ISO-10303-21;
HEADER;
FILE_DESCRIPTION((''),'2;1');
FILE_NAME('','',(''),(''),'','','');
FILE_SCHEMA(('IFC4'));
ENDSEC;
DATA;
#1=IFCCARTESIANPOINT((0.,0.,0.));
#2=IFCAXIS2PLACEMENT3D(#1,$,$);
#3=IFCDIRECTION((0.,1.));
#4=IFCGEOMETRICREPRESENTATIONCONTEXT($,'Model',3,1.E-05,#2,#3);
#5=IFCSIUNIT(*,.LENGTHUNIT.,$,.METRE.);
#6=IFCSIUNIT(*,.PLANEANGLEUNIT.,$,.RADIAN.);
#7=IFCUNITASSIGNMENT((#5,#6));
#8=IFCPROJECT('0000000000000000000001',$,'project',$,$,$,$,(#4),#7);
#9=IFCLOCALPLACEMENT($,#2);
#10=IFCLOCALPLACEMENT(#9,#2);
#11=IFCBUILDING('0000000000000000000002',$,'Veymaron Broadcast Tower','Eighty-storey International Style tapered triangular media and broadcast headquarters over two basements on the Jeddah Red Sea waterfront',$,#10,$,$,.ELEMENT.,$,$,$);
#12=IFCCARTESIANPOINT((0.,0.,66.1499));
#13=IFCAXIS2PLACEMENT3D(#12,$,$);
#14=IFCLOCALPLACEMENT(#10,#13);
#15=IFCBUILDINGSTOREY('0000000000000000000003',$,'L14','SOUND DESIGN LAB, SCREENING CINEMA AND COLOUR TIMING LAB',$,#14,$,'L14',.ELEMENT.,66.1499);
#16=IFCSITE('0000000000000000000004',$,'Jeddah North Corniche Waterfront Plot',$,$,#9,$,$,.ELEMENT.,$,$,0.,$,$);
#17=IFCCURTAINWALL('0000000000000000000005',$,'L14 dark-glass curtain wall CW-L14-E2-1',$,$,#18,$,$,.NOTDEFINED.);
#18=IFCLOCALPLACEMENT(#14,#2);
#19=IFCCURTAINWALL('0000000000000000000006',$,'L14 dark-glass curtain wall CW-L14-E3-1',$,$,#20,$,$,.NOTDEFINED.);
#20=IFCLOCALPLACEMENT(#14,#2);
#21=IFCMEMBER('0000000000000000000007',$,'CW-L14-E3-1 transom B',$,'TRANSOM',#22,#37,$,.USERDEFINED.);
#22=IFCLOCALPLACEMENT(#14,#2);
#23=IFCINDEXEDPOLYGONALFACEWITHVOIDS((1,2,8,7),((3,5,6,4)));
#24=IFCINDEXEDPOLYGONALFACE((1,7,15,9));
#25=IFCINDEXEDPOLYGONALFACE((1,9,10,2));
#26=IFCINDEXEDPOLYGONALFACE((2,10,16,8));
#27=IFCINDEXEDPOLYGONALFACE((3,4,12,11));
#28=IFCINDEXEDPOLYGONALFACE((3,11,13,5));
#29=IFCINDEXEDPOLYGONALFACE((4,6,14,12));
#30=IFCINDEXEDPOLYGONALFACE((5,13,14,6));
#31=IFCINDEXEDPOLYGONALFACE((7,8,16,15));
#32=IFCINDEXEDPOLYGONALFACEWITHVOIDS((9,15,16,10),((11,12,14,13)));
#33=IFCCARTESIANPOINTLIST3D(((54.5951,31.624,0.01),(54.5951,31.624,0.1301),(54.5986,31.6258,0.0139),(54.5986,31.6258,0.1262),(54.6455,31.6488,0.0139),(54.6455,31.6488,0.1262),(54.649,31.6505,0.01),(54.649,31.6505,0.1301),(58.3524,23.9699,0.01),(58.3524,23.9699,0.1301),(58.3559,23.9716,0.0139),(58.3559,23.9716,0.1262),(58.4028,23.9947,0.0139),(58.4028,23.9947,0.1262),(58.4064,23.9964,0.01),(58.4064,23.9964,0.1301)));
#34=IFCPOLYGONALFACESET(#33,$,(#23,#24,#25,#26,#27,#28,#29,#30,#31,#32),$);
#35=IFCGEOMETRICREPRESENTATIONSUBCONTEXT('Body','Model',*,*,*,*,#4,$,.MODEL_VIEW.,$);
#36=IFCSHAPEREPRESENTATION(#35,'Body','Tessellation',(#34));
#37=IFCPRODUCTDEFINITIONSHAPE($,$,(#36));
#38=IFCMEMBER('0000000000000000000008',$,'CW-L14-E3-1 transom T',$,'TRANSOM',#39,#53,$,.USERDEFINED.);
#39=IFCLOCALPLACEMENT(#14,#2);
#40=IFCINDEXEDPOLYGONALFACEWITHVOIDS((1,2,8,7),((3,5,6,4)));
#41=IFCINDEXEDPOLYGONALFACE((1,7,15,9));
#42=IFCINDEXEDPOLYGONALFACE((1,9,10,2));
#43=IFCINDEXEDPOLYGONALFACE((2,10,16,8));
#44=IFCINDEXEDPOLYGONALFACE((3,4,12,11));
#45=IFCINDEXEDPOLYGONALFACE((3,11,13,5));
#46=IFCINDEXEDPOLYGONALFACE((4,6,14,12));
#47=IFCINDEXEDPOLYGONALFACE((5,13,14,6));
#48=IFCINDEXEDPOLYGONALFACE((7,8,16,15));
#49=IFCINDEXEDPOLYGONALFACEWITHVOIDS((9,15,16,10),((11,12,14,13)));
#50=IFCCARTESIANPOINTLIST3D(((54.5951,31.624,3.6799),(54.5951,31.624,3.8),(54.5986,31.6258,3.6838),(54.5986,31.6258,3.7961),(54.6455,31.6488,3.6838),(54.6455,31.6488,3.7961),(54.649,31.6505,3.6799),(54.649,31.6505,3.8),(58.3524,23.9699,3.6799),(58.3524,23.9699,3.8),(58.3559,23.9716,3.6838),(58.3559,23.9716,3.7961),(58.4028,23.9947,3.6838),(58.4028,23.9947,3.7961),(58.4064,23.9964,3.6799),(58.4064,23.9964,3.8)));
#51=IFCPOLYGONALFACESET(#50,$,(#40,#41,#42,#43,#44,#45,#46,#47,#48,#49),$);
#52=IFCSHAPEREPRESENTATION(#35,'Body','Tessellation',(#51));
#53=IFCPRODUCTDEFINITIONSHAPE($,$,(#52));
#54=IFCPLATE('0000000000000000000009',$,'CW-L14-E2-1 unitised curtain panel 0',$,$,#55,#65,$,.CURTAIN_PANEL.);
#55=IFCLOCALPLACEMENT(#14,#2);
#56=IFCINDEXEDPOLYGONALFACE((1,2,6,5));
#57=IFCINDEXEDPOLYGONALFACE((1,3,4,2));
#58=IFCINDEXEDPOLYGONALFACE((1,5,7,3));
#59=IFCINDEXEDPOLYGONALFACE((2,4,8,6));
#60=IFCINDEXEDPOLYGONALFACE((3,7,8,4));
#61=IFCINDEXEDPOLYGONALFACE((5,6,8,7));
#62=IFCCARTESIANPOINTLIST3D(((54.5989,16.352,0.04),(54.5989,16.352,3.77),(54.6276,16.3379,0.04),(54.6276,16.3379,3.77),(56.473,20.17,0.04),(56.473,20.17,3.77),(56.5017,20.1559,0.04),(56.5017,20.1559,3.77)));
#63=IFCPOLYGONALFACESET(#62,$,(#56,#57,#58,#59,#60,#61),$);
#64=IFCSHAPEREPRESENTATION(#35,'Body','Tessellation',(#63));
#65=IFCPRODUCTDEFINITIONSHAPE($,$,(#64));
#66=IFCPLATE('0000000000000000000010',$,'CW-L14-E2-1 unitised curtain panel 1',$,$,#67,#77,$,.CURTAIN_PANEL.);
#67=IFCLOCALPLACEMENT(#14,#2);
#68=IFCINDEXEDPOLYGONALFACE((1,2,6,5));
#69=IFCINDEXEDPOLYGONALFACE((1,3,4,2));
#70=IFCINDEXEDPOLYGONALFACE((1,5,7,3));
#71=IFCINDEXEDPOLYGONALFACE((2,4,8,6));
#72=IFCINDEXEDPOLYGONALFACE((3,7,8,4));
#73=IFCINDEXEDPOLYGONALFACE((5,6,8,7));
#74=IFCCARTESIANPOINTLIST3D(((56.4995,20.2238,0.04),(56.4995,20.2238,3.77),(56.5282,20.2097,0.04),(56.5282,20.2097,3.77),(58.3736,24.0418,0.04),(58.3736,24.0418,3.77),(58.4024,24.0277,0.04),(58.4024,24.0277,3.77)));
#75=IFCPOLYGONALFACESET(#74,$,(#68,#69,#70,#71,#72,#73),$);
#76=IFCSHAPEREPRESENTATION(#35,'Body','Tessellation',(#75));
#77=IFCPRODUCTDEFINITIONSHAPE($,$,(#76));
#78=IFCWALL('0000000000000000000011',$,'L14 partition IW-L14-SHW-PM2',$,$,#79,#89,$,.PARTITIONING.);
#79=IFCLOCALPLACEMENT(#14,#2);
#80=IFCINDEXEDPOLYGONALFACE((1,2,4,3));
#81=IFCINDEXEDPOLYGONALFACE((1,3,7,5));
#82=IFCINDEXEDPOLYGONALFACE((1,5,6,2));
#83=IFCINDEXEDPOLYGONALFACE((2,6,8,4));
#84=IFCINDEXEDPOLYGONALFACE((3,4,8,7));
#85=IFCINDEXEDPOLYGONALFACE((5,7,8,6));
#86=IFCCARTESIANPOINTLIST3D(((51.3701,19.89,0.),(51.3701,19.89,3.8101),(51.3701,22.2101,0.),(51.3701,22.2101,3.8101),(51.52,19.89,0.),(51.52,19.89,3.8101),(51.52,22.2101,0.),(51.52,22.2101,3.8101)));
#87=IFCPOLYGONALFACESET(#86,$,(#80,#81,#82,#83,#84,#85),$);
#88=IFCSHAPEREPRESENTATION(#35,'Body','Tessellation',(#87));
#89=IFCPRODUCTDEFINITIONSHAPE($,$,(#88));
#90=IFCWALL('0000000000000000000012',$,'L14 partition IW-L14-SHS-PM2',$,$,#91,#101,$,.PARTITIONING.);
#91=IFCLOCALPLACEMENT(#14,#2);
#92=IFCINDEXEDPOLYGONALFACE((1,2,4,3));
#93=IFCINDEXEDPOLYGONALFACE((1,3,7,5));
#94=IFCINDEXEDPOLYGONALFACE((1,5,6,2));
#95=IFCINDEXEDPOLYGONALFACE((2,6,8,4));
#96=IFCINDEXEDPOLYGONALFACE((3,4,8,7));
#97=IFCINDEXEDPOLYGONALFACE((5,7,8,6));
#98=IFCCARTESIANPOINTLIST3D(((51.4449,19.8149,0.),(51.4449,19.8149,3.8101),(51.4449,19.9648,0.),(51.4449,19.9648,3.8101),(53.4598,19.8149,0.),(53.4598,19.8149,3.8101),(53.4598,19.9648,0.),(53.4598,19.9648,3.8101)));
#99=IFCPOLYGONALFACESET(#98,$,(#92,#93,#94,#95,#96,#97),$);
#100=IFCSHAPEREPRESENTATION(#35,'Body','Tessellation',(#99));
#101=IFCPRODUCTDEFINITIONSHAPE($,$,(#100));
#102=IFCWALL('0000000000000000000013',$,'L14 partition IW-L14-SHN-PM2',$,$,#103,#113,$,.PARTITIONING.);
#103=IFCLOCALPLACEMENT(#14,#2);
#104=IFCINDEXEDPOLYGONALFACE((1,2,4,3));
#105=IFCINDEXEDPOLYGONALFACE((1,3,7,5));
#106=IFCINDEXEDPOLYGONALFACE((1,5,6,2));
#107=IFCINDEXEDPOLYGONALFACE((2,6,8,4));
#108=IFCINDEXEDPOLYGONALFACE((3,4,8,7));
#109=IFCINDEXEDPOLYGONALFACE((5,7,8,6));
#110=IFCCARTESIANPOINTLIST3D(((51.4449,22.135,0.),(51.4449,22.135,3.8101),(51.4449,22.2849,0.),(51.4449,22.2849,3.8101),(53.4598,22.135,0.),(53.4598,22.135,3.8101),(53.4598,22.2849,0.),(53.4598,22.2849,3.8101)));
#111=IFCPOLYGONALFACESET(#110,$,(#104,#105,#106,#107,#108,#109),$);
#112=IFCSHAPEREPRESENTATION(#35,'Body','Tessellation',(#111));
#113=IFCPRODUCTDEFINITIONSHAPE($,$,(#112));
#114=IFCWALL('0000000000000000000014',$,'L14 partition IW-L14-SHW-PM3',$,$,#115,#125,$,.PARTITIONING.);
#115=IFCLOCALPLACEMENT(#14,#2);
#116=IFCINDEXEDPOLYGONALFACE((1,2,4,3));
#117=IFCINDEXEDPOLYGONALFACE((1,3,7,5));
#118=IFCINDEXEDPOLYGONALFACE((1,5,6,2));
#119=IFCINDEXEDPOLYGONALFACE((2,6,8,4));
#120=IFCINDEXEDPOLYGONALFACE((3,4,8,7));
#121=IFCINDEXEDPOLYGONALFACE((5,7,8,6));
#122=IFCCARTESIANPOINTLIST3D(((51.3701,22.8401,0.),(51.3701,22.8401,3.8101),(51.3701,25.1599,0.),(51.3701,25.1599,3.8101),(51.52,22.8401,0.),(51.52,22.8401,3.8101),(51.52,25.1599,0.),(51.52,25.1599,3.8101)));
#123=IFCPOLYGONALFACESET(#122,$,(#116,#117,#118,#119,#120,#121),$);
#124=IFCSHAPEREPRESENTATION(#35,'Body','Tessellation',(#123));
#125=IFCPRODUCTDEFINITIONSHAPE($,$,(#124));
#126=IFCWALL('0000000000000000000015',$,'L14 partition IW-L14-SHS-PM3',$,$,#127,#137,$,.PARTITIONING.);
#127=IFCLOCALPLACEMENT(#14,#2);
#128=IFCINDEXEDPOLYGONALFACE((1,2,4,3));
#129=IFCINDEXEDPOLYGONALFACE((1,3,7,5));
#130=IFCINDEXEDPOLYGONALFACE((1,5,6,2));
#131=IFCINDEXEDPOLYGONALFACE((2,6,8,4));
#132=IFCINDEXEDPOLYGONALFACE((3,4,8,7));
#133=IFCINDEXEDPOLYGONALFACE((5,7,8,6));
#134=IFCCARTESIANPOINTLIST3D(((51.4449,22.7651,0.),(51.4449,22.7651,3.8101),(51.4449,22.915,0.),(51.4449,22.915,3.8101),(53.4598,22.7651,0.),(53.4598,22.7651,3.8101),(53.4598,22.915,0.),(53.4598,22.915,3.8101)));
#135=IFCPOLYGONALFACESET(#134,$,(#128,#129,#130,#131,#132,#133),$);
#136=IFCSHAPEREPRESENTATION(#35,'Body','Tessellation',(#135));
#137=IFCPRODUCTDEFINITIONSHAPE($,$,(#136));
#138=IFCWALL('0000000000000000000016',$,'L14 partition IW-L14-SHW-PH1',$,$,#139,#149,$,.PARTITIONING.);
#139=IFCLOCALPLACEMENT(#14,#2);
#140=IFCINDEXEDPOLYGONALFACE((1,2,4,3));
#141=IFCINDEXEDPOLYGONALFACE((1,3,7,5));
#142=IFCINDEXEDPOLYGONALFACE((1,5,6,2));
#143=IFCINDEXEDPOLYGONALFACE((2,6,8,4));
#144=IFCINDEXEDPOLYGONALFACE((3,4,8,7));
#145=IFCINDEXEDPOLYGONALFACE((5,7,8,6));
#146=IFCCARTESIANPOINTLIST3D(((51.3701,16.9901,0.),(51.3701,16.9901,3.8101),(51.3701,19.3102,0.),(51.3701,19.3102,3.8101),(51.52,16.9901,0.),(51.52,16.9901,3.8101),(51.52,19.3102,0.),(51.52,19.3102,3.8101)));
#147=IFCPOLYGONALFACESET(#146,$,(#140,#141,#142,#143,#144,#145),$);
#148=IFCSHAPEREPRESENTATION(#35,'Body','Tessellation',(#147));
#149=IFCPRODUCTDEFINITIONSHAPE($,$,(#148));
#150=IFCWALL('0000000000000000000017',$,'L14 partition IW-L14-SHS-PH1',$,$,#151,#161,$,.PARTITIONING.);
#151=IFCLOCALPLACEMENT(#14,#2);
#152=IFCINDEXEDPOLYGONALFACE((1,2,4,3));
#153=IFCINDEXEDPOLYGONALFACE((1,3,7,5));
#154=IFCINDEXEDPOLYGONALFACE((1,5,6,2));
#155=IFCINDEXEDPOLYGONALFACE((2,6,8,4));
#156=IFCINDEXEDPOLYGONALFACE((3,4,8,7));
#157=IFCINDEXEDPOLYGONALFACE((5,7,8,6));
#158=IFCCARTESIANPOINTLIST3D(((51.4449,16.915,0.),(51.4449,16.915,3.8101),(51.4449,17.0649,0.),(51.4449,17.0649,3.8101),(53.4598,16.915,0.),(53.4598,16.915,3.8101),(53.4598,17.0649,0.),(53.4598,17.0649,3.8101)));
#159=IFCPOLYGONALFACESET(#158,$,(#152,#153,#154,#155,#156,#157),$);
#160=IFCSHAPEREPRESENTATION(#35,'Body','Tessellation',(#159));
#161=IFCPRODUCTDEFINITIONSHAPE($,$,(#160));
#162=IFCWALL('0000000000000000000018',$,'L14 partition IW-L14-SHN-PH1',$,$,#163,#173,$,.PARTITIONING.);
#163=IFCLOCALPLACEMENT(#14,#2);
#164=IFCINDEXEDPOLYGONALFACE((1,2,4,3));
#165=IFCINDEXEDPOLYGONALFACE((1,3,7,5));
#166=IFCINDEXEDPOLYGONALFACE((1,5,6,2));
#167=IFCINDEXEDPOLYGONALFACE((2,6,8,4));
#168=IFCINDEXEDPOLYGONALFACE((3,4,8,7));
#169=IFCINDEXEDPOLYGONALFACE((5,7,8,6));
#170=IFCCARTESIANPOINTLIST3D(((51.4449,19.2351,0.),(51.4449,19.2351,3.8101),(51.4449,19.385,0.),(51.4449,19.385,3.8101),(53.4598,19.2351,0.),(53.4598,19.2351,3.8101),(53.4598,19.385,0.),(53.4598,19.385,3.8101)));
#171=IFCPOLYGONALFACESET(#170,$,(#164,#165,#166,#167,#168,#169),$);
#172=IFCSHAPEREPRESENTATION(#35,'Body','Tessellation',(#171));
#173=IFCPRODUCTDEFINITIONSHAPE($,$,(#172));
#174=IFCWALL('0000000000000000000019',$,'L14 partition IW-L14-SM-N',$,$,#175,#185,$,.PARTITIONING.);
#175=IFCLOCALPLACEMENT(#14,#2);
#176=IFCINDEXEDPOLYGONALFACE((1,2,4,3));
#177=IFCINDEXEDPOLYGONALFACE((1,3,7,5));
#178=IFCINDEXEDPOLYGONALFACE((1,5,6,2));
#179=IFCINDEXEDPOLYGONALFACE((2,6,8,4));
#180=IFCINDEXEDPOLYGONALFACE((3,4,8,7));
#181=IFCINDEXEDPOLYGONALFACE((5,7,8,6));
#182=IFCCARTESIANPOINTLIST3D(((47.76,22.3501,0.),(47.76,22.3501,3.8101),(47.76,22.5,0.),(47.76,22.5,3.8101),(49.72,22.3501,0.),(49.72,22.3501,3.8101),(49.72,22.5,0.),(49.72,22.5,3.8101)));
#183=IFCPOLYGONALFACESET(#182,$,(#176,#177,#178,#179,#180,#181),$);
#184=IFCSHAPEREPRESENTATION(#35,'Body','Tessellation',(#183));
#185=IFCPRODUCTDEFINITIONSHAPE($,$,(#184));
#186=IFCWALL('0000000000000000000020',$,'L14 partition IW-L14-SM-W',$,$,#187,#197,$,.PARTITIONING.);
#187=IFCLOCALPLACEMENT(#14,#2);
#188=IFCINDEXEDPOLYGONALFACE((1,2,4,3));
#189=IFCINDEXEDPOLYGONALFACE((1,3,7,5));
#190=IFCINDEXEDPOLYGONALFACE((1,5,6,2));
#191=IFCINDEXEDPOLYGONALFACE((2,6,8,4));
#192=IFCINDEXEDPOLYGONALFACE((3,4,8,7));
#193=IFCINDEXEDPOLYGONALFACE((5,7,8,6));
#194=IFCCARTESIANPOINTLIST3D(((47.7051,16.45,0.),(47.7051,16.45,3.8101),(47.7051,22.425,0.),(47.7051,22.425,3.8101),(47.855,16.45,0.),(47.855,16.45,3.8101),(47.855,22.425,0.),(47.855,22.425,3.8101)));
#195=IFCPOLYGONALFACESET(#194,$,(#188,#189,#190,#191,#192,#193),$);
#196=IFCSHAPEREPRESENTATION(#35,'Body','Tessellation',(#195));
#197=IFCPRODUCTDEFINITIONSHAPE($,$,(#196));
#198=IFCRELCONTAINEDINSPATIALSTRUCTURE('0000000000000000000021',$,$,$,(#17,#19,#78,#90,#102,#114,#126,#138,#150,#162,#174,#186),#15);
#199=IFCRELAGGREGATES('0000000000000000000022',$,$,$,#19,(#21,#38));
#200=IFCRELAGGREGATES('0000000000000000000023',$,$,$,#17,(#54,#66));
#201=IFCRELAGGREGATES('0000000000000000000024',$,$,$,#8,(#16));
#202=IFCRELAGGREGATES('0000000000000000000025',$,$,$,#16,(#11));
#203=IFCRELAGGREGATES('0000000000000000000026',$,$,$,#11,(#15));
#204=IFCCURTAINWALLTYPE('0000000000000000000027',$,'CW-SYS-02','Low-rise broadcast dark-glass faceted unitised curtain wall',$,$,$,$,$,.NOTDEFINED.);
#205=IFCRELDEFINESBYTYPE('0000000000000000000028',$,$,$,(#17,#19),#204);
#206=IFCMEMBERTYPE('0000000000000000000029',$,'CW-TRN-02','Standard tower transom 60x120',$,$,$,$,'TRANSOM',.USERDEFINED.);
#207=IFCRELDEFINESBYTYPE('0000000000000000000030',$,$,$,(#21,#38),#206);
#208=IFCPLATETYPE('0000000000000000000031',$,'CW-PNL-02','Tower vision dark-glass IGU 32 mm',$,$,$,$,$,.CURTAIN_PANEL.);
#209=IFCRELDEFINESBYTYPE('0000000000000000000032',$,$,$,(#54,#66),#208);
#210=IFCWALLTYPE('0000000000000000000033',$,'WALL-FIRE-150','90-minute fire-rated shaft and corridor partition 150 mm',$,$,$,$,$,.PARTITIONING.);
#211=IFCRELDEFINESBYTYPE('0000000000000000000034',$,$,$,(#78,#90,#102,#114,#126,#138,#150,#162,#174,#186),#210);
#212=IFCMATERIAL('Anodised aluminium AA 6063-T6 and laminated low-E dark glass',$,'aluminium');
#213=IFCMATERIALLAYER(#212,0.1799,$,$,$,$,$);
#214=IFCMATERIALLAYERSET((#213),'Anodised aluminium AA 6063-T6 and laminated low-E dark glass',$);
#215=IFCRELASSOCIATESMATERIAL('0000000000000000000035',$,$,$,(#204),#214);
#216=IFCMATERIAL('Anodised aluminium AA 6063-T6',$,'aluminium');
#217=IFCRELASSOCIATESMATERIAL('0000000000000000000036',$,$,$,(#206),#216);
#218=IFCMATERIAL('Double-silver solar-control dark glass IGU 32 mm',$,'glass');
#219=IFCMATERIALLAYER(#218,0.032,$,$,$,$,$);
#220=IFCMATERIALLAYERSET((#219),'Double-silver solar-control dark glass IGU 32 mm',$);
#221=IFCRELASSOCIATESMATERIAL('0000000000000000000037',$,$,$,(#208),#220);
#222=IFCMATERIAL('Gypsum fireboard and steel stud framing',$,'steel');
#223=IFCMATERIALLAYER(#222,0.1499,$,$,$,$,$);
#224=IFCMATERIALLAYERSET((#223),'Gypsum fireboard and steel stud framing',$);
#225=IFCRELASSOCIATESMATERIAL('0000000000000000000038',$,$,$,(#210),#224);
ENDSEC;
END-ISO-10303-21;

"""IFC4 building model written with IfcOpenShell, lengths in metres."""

from ifc_helpers import new_model, si_unit, direction, frame, frame_2d, origin, origin_2d, place, context, subcontext, project, spatial, rectangle, hollow_rectangle, extrude, material, layer, layer_set, material_profile, profile_set, type_object, element, aggregate, save


model = new_model("IFC4")

# Units and contexts
model_context = context("Model", 3, precision=1e-05, world=origin(), true_north=direction((0.0, 1.0)))
body_context = subcontext(model_context, "Body", "Model", "MODEL_VIEW")
ifc_project = project(units=[si_unit("LENGTHUNIT", "METRE"), si_unit("PLANEANGLEUNIT", "RADIAN")], contexts=[model_context])

# Site, building, storey
site_placement = place(None, origin())
site = spatial("IfcSite", under=ifc_project, at=site_placement, Name="Jeddah North Corniche Waterfront Plot", CompositionType="ELEMENT", RefElevation=0.0)
building_placement = place(site_placement, origin())
building = spatial("IfcBuilding", under=site, at=building_placement, Name="Veymaron Broadcast Tower", Description="Eighty-storey International Style tapered triangular media and broadcast headquarters over two basements on the Jeddah Red Sea waterfront", CompositionType="ELEMENT")
storey_placement = place(building_placement, frame((0.0, 0.0, 66.1499)))
storey = spatial("IfcBuildingStorey", under=building, at=storey_placement, Name="L14", Description="SOUND DESIGN LAB, SCREENING CINEMA AND COLOUR TIMING LAB", LongName="L14", CompositionType="ELEMENT", Elevation=66.1499)

# Curtain wall
ifc_material_1 = material(Name="Anodised aluminium AA 6063-T6 and laminated low-E dark glass", Category="aluminium")
ifc_layer_1 = layer(ifc_material_1, 0.1799)
ifc_layer_set_1 = layer_set([ifc_layer_1], Name="Anodised aluminium AA 6063-T6 and laminated low-E dark glass")
curtain_wall_type = type_object("IfcCurtainWallType", Name="CW-SYS-02", Description="Low-rise broadcast dark-glass faceted unitised curtain wall", PredefinedType="NOTDEFINED", material=ifc_layer_set_1)
curtain_wall_1_placement = place(storey_placement, origin())
curtain_wall_1 = element("IfcCurtainWall", 1, at=curtain_wall_1_placement, inside=storey, type_object=curtain_wall_type, Name="L14 dark-glass curtain wall CW-L14-E2-1", PredefinedType="NOTDEFINED")
ifc_material_2 = material(Name="Anodised aluminium AA 6063-T6", Category="aluminium")

# Curtain wall
curtain_wall_2_placement = place(storey_placement, origin())
curtain_wall_2 = element("IfcCurtainWall", 2, at=curtain_wall_2_placement, inside=storey, type_object=curtain_wall_type, Name="L14 dark-glass curtain wall CW-L14-E3-1", PredefinedType="NOTDEFINED")

# Members
ifc_material_profile_1 = material_profile(ifc_material_2, hollow_rectangle(XDim=0.0601, YDim=0.1201, WallThickness=0.0039, at=origin_2d()), Name="AL120X60X4")
ifc_profile_set_1 = profile_set([ifc_material_profile_1], Name="Anodised aluminium AA 6063-T6")
member_type_1 = type_object("IfcMemberType", Name="CW-TRN-02", Description="Standard tower transom 60x120", ElementType="TRANSOM", PredefinedType="USERDEFINED", material=ifc_profile_set_1)
member_1_placement = place(storey_placement, frame((58.3794, 23.9832, 0.0701), z_axis=(-0.440662, 0.897673, 0.0), x_axis=(-0.897673, -0.440662, 0.0)))
member_1 = element("IfcMember", 3, at=member_1_placement, type_object=member_type_1, Name="CW-L14-E3-1 transom B", ObjectType="TRANSOM", PredefinedType="USERDEFINED", context=body_context, shape_type="SweptSolid", body=[
    extrude(hollow_rectangle(XDim=0.0601, YDim=0.1201, WallThickness=0.0039, at=origin_2d()), origin(), (0.0, 0.0, 1.0), 8.5266),
])
member_2_placement = place(storey_placement, frame((58.3794, 23.9832, 3.74), z_axis=(-0.440662, 0.897673, 0.0), x_axis=(-0.897673, -0.440662, 0.0)))
member_2 = element("IfcMember", 4, at=member_2_placement, type_object=member_type_1, Name="CW-L14-E3-1 transom T", ObjectType="TRANSOM", PredefinedType="USERDEFINED", context=body_context, shape_type="SweptSolid", body=[
    extrude(hollow_rectangle(XDim=0.0601, YDim=0.1201, WallThickness=0.0039, at=origin_2d()), origin(), (0.0, 0.0, 1.0), 8.5266),
])
aggregate(curtain_wall_2, [member_1, member_2])

# Plates
ifc_material_3 = material(Name="Double-silver solar-control dark glass IGU 32 mm", Category="glass")
ifc_layer_2 = layer(ifc_material_3, 0.032)
ifc_layer_set_2 = layer_set([ifc_layer_2], Name="Double-silver solar-control dark glass IGU 32 mm")
plate_type = type_object("IfcPlateType", Name="CW-PNL-02", Description="Tower vision dark-glass IGU 32 mm", PredefinedType="CURTAIN_PANEL", material=ifc_layer_set_2)
plate_1_placement = place(storey_placement, frame((55.5503, 18.2539, 0.04), z_axis=(0.0, 0.0, 1.0), x_axis=(0.440644, 0.897682, 0.0)))
plate_1 = element("IfcPlate", 5, at=plate_1_placement, type_object=plate_type, Name="CW-L14-E2-1 unitised curtain panel 0", PredefinedType="CURTAIN_PANEL", context=body_context, shape_type="SweptSolid", body=[
    extrude(rectangle(XDim=4.2532, YDim=0.032, at=origin_2d()), origin(), (0.0, 0.0, 1.0), 3.73),
])
plate_2_placement = place(storey_placement, frame((57.4509, 22.1257, 0.04), z_axis=(0.0, 0.0, 1.0), x_axis=(0.440644, 0.897682, 0.0)))
plate_2 = element("IfcPlate", 6, at=plate_2_placement, type_object=plate_type, Name="CW-L14-E2-1 unitised curtain panel 1", PredefinedType="CURTAIN_PANEL", context=body_context, shape_type="SweptSolid", body=[
    extrude(rectangle(XDim=4.2532, YDim=0.032, at=origin_2d()), origin(), (0.0, 0.0, 1.0), 3.73),
])
aggregate(curtain_wall_1, [plate_1, plate_2])

# Walls
ifc_material_4 = material(Name="Gypsum fireboard and steel stud framing", Category="steel")
ifc_layer_3 = layer(ifc_material_4, 0.1499)
ifc_layer_set_3 = layer_set([ifc_layer_3], Name="Gypsum fireboard and steel stud framing")
wall_type_1 = type_object("IfcWallType", Name="WALL-FIRE-150", Description="90-minute fire-rated shaft and corridor partition 150 mm", PredefinedType="PARTITIONING", material=ifc_layer_set_3)
wall_1_placement = place(storey_placement, frame((51.4451, 19.8899, 0.0), z_axis=(0.0, 0.0, 1.0), x_axis=(0.0, 1.0, 0.0)))
element("IfcWall", 7, at=wall_1_placement, inside=storey, type_object=wall_type_1, Name="L14 partition IW-L14-SHW-PM2", PredefinedType="PARTITIONING", context=body_context, shape_type="SweptSolid", body=[
    extrude(rectangle(XDim=2.3201, YDim=0.1499, at=frame_2d((1.1602, 0.0))), origin(), (0.0, 0.0, 1.0), 3.8101),
])
for number, where, z_axis, x_axis, name in (
    (8, (51.4451, 19.8899, 0.0), (0.0, 0.0, 1.0), (1.0, 0.0, 0.0), "L14 partition IW-L14-SHS-PM2"),
    (9, (51.4451, 22.21, 0.0), (0.0, 0.0, 1.0), (1.0, 0.0, 0.0), "L14 partition IW-L14-SHN-PM2"),
):
    element("IfcWall", number, at=place(storey_placement, frame(where, z_axis=z_axis, x_axis=x_axis)), inside=storey, type_object=wall_type_1, Name=name, PredefinedType="PARTITIONING", context=body_context, shape_type="SweptSolid", body=[
        extrude(rectangle(XDim=2.0149, YDim=0.1499, at=frame_2d((1.0073, 0.0))), origin(), (0.0, 0.0, 1.0), 3.8101),
    ])
wall_2_placement = place(storey_placement, frame((51.4451, 22.8401, 0.0), z_axis=(0.0, 0.0, 1.0), x_axis=(0.0, 1.0, 0.0)))
element("IfcWall", 10, at=wall_2_placement, inside=storey, type_object=wall_type_1, Name="L14 partition IW-L14-SHW-PM3", PredefinedType="PARTITIONING", context=body_context, shape_type="SweptSolid", body=[
    extrude(rectangle(XDim=2.3198, YDim=0.1499, at=frame_2d((1.1599, 0.0))), origin(), (0.0, 0.0, 1.0), 3.8101),
])
wall_3_placement = place(storey_placement, frame((51.4451, 22.8401, 0.0), z_axis=(0.0, 0.0, 1.0), x_axis=(1.0, 0.0, 0.0)))
element("IfcWall", 11, at=wall_3_placement, inside=storey, type_object=wall_type_1, Name="L14 partition IW-L14-SHS-PM3", PredefinedType="PARTITIONING", context=body_context, shape_type="SweptSolid", body=[
    extrude(rectangle(XDim=2.0149, YDim=0.1499, at=frame_2d((1.0073, 0.0))), origin(), (0.0, 0.0, 1.0), 3.8101),
])
wall_4_placement = place(storey_placement, frame((51.4451, 16.99, 0.0), z_axis=(0.0, 0.0, 1.0), x_axis=(0.0, 1.0, 0.0)))
element("IfcWall", 12, at=wall_4_placement, inside=storey, type_object=wall_type_1, Name="L14 partition IW-L14-SHW-PH1", PredefinedType="PARTITIONING", context=body_context, shape_type="SweptSolid", body=[
    extrude(rectangle(XDim=2.3201, YDim=0.1499, at=frame_2d((1.1602, 0.0))), origin(), (0.0, 0.0, 1.0), 3.8101),
])
for number, where, z_axis, x_axis, name in (
    (13, (51.4451, 16.99, 0.0), (0.0, 0.0, 1.0), (1.0, 0.0, 0.0), "L14 partition IW-L14-SHS-PH1"),
    (14, (51.4451, 19.3101, 0.0), (0.0, 0.0, 1.0), (1.0, 0.0, 0.0), "L14 partition IW-L14-SHN-PH1"),
):
    element("IfcWall", number, at=place(storey_placement, frame(where, z_axis=z_axis, x_axis=x_axis)), inside=storey, type_object=wall_type_1, Name=name, PredefinedType="PARTITIONING", context=body_context, shape_type="SweptSolid", body=[
        extrude(rectangle(XDim=2.0149, YDim=0.1499, at=frame_2d((1.0073, 0.0))), origin(), (0.0, 0.0, 1.0), 3.8101),
    ])

# Walls
wall_5_placement = place(storey_placement, frame((47.76, 22.425, 0.0), z_axis=(0.0, 0.0, 1.0), x_axis=(1.0, 0.0, 0.0)))
element("IfcWall", 15, at=wall_5_placement, inside=storey, type_object=wall_type_1, Name="L14 partition IW-L14-SM-N", PredefinedType="PARTITIONING", context=body_context, shape_type="SweptSolid", body=[
    extrude(rectangle(XDim=1.96, YDim=0.1499, at=frame_2d((0.98, 0.0))), origin(), (0.0, 0.0, 1.0), 3.8101),
])
wall_6_placement = place(storey_placement, frame((47.78, 16.45, 0.0), z_axis=(0.0, 0.0, 1.0), x_axis=(0.0, 1.0, 0.0)))
element("IfcWall", 16, at=wall_6_placement, inside=storey, type_object=wall_type_1, Name="L14 partition IW-L14-SM-W", PredefinedType="PARTITIONING", context=body_context, shape_type="SweptSolid", body=[
    extrude(rectangle(XDim=5.9751, YDim=0.1499, at=frame_2d((2.9875, 0.0))), origin(), (0.0, 0.0, 1.0), 3.8101),
])

save(model, "model.ifc")
